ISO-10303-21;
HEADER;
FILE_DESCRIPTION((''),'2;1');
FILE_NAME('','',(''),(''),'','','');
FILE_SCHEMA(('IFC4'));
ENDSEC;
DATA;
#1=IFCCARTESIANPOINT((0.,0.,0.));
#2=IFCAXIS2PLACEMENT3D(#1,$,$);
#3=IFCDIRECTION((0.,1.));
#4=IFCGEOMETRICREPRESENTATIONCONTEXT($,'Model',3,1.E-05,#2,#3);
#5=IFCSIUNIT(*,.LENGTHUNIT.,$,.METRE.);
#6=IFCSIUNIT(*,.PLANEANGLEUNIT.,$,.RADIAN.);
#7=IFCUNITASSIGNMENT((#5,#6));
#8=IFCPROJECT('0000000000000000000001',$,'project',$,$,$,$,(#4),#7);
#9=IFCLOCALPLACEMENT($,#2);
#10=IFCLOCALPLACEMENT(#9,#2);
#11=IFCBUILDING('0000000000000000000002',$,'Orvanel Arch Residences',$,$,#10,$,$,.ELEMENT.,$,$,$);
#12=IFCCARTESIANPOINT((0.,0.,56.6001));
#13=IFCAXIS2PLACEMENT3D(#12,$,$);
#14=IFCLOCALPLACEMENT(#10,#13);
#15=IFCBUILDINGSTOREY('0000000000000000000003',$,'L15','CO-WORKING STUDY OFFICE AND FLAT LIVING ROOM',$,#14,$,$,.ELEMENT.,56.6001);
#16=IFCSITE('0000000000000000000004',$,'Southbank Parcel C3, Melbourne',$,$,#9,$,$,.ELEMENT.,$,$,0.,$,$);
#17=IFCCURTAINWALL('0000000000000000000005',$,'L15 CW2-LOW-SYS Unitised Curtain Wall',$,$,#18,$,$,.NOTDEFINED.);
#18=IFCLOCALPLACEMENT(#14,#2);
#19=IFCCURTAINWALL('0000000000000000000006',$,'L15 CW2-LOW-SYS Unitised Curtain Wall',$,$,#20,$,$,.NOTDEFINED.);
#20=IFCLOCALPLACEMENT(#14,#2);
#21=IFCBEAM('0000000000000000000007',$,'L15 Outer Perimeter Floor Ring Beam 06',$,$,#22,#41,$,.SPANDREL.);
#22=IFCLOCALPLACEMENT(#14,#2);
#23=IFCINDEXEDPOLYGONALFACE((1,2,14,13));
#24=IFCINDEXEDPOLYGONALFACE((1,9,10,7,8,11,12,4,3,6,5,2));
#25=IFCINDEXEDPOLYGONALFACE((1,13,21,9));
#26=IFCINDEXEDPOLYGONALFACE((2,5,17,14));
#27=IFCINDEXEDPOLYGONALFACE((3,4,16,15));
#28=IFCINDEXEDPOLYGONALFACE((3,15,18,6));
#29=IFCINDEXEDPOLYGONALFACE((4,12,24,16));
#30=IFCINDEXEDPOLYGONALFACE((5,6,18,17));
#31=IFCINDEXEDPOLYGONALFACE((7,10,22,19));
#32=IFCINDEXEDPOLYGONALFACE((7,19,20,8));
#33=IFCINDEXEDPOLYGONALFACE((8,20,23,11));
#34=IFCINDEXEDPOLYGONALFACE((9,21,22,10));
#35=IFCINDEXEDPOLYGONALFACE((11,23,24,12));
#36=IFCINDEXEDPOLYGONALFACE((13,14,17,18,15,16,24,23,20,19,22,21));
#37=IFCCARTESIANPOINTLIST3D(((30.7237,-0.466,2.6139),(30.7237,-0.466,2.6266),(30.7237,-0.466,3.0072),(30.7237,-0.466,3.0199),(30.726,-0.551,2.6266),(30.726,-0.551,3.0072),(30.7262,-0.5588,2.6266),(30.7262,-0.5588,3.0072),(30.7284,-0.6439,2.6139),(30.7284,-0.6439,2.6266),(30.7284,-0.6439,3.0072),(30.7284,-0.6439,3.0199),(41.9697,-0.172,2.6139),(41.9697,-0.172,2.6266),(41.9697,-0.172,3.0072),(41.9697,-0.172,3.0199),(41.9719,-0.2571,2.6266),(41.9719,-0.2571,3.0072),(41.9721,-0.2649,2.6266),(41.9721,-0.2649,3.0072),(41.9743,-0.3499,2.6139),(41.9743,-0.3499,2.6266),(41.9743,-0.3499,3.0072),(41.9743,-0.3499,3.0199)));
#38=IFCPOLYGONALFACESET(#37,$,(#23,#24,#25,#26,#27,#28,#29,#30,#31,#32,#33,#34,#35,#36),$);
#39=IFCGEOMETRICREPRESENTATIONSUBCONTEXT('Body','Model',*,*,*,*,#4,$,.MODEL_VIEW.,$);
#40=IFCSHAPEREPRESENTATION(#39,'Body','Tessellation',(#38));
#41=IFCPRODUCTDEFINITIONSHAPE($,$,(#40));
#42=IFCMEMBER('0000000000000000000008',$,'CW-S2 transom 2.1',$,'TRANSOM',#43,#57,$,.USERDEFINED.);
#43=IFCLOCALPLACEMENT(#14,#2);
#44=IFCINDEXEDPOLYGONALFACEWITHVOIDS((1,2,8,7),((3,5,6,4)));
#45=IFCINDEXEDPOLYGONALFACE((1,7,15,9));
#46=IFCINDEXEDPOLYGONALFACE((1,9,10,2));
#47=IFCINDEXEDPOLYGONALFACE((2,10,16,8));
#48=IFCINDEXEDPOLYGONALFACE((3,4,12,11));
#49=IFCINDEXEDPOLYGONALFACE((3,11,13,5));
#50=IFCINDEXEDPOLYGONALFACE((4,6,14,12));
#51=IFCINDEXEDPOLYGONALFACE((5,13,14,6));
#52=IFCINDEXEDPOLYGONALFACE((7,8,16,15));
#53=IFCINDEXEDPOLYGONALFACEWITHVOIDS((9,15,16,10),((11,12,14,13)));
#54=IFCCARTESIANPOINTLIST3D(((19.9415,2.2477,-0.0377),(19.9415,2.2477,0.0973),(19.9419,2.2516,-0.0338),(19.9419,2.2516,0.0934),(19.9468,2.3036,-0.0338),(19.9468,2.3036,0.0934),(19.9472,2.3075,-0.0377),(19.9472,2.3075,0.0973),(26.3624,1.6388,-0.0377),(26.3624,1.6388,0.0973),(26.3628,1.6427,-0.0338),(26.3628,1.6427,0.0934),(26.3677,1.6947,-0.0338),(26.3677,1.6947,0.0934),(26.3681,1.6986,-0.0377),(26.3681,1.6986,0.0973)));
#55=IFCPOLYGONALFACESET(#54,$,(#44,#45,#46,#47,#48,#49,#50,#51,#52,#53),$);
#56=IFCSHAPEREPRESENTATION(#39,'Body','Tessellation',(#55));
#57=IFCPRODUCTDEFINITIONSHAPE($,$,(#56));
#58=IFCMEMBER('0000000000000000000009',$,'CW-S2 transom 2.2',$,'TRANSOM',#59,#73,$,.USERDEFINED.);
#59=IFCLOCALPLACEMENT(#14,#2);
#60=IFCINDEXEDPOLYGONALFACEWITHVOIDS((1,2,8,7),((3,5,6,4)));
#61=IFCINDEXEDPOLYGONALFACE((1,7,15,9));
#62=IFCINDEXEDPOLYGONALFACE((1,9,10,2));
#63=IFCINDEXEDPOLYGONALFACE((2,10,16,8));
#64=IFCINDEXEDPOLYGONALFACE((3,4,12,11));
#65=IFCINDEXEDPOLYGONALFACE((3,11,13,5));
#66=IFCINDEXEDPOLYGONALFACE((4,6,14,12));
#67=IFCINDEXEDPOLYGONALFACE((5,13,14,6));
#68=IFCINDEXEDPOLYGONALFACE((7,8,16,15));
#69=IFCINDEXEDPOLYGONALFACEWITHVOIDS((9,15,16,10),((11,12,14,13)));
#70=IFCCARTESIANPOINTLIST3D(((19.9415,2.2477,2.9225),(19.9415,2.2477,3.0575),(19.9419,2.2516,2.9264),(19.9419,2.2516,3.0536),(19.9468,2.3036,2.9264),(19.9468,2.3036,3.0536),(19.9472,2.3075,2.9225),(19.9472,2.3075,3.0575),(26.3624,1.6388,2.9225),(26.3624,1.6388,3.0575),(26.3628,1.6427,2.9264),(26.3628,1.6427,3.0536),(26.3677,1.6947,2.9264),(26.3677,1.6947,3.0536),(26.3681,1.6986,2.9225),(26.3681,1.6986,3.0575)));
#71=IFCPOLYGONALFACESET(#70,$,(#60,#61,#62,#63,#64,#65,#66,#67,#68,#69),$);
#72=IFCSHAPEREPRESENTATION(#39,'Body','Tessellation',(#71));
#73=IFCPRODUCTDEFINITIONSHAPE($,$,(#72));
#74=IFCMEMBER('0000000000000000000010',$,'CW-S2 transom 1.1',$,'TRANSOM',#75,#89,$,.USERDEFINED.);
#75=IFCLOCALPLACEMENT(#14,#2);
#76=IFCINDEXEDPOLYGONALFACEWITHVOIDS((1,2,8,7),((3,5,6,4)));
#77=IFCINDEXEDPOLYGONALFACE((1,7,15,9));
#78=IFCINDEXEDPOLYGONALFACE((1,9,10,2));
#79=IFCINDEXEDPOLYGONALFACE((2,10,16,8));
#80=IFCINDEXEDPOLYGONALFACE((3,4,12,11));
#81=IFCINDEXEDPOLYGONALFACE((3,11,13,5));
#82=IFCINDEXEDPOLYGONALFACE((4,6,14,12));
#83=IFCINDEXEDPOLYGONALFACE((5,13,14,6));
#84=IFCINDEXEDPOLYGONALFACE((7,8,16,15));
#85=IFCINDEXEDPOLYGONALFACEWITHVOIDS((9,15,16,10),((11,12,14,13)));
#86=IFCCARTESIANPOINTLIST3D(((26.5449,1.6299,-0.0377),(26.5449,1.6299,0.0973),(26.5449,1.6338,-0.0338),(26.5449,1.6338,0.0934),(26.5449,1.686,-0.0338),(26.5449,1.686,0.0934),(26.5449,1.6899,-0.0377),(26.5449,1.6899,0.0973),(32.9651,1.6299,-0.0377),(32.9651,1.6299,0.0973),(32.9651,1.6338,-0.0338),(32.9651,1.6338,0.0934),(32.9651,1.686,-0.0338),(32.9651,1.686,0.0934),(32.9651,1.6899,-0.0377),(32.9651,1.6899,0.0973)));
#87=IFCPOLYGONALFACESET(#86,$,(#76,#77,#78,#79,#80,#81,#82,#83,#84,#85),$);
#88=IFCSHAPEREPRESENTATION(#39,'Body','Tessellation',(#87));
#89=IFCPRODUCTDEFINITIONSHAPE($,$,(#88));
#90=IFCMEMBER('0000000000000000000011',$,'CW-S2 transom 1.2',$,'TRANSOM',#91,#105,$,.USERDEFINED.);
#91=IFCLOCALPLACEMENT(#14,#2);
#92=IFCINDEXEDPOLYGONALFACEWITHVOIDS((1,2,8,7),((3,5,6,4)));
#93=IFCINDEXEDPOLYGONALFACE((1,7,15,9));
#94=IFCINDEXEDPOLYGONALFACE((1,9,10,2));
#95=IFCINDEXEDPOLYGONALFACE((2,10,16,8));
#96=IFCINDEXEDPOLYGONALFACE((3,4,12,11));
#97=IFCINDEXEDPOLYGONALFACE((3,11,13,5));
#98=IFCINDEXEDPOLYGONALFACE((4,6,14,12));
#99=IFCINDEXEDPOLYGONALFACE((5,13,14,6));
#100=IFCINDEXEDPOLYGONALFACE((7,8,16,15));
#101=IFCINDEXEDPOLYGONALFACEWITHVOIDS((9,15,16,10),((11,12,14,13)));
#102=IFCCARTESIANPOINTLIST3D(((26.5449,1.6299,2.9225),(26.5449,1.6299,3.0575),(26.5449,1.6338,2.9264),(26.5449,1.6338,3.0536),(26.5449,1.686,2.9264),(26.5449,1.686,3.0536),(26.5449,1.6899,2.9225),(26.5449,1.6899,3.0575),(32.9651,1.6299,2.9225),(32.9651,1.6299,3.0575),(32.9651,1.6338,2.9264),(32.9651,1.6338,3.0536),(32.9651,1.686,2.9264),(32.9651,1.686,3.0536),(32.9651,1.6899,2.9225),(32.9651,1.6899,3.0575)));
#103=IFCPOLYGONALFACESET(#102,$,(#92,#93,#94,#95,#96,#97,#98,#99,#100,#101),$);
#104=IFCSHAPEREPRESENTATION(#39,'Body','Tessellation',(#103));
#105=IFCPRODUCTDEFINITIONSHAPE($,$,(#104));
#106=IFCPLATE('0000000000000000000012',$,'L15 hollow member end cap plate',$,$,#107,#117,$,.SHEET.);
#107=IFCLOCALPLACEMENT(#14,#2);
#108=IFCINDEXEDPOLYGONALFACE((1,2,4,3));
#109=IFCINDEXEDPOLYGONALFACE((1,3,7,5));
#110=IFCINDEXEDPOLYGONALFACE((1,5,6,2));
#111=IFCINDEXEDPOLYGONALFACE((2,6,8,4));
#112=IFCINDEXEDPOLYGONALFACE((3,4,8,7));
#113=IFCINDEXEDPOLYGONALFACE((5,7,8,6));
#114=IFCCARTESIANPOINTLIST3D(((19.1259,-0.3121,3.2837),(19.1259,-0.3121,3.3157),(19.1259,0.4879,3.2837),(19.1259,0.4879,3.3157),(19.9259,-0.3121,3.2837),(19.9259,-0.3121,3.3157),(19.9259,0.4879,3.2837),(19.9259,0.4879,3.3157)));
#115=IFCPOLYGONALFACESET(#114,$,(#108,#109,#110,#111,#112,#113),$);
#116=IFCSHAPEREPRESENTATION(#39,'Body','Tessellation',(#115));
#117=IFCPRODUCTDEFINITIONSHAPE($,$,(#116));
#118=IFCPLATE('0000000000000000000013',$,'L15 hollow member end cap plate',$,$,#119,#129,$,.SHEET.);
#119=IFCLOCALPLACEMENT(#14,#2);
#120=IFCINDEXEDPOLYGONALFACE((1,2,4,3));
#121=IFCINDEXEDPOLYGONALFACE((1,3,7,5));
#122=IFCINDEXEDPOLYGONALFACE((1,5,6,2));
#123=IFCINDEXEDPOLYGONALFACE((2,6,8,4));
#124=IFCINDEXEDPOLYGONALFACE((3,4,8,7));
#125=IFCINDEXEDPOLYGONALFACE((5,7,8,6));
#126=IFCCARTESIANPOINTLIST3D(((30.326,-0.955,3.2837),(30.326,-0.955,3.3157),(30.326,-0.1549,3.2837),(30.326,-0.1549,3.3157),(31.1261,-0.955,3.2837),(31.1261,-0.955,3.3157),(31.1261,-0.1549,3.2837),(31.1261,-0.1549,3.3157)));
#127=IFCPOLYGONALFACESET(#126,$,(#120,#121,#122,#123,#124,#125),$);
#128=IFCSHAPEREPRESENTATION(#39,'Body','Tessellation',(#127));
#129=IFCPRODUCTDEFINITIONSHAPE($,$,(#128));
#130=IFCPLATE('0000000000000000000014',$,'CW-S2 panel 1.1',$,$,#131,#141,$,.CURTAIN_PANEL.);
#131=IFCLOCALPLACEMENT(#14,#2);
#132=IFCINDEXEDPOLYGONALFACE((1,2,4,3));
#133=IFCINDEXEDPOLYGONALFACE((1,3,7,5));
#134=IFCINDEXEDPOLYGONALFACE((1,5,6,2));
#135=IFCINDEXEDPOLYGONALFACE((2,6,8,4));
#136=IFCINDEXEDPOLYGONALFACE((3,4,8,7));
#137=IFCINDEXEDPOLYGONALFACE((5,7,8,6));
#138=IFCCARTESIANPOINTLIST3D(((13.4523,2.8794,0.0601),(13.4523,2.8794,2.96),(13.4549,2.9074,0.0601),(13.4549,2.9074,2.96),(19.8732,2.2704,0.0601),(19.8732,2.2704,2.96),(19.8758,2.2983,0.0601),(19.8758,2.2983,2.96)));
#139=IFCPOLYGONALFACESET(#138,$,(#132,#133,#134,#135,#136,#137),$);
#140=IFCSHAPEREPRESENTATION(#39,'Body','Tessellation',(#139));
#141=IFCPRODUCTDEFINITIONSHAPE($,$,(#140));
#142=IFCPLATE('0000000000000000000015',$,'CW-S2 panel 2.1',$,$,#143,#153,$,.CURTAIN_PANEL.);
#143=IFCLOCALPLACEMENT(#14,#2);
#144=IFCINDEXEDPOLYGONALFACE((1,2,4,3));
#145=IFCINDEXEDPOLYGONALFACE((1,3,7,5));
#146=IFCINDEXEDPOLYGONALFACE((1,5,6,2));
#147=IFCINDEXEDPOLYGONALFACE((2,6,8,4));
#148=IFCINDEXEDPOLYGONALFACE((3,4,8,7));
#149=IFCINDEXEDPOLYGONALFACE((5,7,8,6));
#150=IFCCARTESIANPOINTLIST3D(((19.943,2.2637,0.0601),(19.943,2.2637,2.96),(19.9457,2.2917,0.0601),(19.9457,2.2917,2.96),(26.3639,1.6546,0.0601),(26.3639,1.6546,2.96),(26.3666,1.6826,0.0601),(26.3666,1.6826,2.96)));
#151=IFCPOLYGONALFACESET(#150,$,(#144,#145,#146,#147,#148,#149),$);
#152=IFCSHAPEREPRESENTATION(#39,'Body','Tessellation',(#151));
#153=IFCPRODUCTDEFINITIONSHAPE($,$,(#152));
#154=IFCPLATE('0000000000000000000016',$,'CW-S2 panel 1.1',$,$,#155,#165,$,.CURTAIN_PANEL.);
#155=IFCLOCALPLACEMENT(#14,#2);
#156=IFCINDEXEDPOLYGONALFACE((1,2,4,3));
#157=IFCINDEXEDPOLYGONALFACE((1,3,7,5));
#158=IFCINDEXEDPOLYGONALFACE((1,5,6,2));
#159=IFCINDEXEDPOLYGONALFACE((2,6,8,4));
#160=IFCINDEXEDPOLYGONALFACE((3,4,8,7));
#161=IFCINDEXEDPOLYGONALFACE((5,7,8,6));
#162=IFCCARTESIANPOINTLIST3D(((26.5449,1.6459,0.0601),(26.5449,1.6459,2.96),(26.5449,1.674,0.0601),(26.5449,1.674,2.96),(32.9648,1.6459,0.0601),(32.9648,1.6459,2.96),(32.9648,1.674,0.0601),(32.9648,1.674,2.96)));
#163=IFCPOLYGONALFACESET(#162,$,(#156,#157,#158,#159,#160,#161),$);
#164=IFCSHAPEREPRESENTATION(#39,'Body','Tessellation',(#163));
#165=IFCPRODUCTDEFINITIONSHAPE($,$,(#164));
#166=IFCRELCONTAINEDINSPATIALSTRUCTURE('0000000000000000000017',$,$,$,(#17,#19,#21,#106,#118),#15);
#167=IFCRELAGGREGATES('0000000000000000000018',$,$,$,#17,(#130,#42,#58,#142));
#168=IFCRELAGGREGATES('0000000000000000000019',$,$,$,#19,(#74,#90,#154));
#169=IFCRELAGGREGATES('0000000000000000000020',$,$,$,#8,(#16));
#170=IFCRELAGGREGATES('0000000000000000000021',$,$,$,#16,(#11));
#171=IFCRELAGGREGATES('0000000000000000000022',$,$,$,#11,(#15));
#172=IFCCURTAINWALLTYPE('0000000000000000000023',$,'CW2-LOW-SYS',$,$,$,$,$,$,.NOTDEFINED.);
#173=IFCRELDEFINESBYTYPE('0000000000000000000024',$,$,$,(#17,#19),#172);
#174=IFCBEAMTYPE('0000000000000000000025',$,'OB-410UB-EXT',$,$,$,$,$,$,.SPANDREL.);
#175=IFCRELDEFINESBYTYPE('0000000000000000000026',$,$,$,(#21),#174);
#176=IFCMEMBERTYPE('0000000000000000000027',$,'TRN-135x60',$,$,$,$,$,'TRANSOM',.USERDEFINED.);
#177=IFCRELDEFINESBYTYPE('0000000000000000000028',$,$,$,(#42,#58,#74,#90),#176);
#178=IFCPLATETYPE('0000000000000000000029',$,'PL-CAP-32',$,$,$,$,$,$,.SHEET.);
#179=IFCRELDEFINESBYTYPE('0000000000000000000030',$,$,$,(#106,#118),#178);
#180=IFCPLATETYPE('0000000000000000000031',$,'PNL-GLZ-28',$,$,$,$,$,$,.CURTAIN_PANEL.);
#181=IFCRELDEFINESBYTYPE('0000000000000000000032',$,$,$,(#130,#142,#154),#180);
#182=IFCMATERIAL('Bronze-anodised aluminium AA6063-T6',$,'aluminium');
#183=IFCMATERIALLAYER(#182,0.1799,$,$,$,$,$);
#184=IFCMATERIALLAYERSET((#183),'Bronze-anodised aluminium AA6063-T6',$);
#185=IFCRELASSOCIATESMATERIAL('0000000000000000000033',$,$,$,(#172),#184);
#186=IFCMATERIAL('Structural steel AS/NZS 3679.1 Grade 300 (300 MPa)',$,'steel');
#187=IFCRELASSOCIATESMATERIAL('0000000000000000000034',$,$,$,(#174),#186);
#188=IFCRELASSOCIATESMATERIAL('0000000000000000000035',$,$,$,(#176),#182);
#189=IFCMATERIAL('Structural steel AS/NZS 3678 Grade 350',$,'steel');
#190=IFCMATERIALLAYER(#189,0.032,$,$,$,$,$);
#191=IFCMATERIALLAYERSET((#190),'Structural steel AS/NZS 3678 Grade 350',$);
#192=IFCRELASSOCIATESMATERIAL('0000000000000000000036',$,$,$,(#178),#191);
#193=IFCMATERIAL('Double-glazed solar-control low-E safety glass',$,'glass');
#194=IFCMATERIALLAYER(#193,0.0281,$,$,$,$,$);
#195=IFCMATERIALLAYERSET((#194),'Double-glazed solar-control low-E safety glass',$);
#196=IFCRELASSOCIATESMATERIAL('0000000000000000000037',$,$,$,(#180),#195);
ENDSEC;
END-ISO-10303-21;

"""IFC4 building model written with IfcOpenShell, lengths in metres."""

from ifc_helpers import new_model, si_unit, direction, frame, origin, origin_2d, place, context, subcontext, project, spatial, rectangle, hollow_rectangle, i_section, extrude, material, layer, layer_set, material_profile, profile_set, type_object, element, aggregate, save


model = new_model("IFC4")

# Units and contexts
model_context = context("Model", 3, precision=1e-05, world=origin(), true_north=direction((0.0, 1.0)))
body_context = subcontext(model_context, "Body", "Model", "MODEL_VIEW")
ifc_project = project(units=[si_unit("LENGTHUNIT", "METRE"), si_unit("PLANEANGLEUNIT", "RADIAN")], contexts=[model_context])

# Site, building, storey
site_placement = place(None, origin())
site = spatial("IfcSite", under=ifc_project, at=site_placement, Name="Southbank Parcel C3, Melbourne", CompositionType="ELEMENT", RefElevation=0.0)
building_placement = place(site_placement, origin())
building = spatial("IfcBuilding", under=site, at=building_placement, Name="Orvanel Arch Residences", CompositionType="ELEMENT")
storey_placement = place(building_placement, frame((0.0, 0.0, 56.6001)))
storey = spatial("IfcBuildingStorey", under=building, at=storey_placement, Name="L15", Description="CO-WORKING STUDY OFFICE AND FLAT LIVING ROOM", CompositionType="ELEMENT", Elevation=56.6001)

# Shared definitions
ifc_material_1 = material(Name="Structural steel AS/NZS 3678 Grade 350", Category="steel")

# Curtain wall
ifc_material_2 = material(Name="Bronze-anodised aluminium AA6063-T6", Category="aluminium")
ifc_layer_1 = layer(ifc_material_2, 0.1799)
ifc_layer_set_1 = layer_set([ifc_layer_1], Name="Bronze-anodised aluminium AA6063-T6")
curtain_wall_type = type_object("IfcCurtainWallType", Name="CW2-LOW-SYS", PredefinedType="NOTDEFINED", material=ifc_layer_set_1)
curtain_wall_1_placement = place(storey_placement, origin())
curtain_wall_1 = element("IfcCurtainWall", 1, at=curtain_wall_1_placement, inside=storey, type_object=curtain_wall_type, Name="L15 CW2-LOW-SYS Unitised Curtain Wall", PredefinedType="NOTDEFINED")

# Curtain wall
curtain_wall_2_placement = place(storey_placement, origin())
curtain_wall_2 = element("IfcCurtainWall", 2, at=curtain_wall_2_placement, inside=storey, type_object=curtain_wall_type, Name="L15 CW2-LOW-SYS Unitised Curtain Wall", PredefinedType="NOTDEFINED")

# Beam
ifc_material_3 = material(Name="Structural steel AS/NZS 3679.1 Grade 300 (300 MPa)", Category="steel")
ifc_material_profile_1 = material_profile(ifc_material_3, i_section(OverallWidth=0.178, OverallDepth=0.406, WebThickness=0.0078, FlangeThickness=0.0127, at=origin_2d()), Name="410UB59.7")
ifc_profile_set_1 = profile_set([ifc_material_profile_1], Name="Structural steel AS/NZS 3679.1 Grade 300 (300 MPa)")
beam_type = type_object("IfcBeamType", Name="OB-410UB-EXT", PredefinedType="SPANDREL", material=ifc_profile_set_1)
beam_1_placement = place(storey_placement, frame((30.7261, -0.5549, 2.8169), z_axis=(0.999659, 0.026129, 0.0), x_axis=(-0.026129, 0.999659, 0.0)))
element("IfcBeam", 3, at=beam_1_placement, inside=storey, type_object=beam_type, Name="L15 Outer Perimeter Floor Ring Beam 06", PredefinedType="SPANDREL", context=body_context, shape_type="SweptSolid", body=[
    extrude(i_section(OverallWidth=0.178, OverallDepth=0.406, WebThickness=0.0078, FlangeThickness=0.0127, at=origin_2d()), origin(), (0.0, 0.0, 1.0), 11.2498),
])

# Members
ifc_material_profile_2 = material_profile(ifc_material_2, hollow_rectangle(XDim=0.0601, YDim=0.135, WallThickness=0.0039, at=origin_2d()), Name="ALU135x60x4")
ifc_profile_set_2 = profile_set([ifc_material_profile_2], Name="Bronze-anodised aluminium AA6063-T6")
member_type_1 = type_object("IfcMemberType", Name="TRN-135x60", ElementType="TRANSOM", PredefinedType="USERDEFINED", material=ifc_profile_set_2)
member_1_placement = place(storey_placement, frame((19.9443, 2.2776, 0.0298), z_axis=(0.995534, -0.094405, 0.0), x_axis=(0.094405, 0.995534, 0.0)))
member_1 = element("IfcMember", 4, at=member_1_placement, type_object=member_type_1, Name="CW-S2 transom 2.1", ObjectType="TRANSOM", PredefinedType="USERDEFINED", context=body_context, shape_type="SweptSolid", body=[
    extrude(hollow_rectangle(XDim=0.0601, YDim=0.135, WallThickness=0.0039, at=origin_2d()), origin(), (0.0, 0.0, 1.0), 6.4497),
])
member_2_placement = place(storey_placement, frame((19.9443, 2.2776, 2.99), z_axis=(0.995534, -0.094405, 0.0), x_axis=(0.094405, 0.995534, 0.0)))
member_2 = element("IfcMember", 5, at=member_2_placement, type_object=member_type_1, Name="CW-S2 transom 2.2", ObjectType="TRANSOM", PredefinedType="USERDEFINED", context=body_context, shape_type="SweptSolid", body=[
    extrude(hollow_rectangle(XDim=0.0601, YDim=0.135, WallThickness=0.0039, at=origin_2d()), origin(), (0.0, 0.0, 1.0), 6.4497),
])
member_3_placement = place(storey_placement, frame((26.5449, 1.6599, 0.0298), z_axis=(1.0, 0.0, 0.0), x_axis=(0.0, 1.0, 0.0)))
member_3 = element("IfcMember", 6, at=member_3_placement, type_object=member_type_1, Name="CW-S2 transom 1.1", ObjectType="TRANSOM", PredefinedType="USERDEFINED", context=body_context, shape_type="SweptSolid", body=[
    extrude(hollow_rectangle(XDim=0.0601, YDim=0.135, WallThickness=0.0039, at=origin_2d()), origin(), (0.0, 0.0, 1.0), 6.4202),
])
member_4_placement = place(storey_placement, frame((26.5449, 1.6599, 2.99), z_axis=(1.0, 0.0, 0.0), x_axis=(0.0, 1.0, 0.0)))
member_4 = element("IfcMember", 7, at=member_4_placement, type_object=member_type_1, Name="CW-S2 transom 1.2", ObjectType="TRANSOM", PredefinedType="USERDEFINED", context=body_context, shape_type="SweptSolid", body=[
    extrude(hollow_rectangle(XDim=0.0601, YDim=0.135, WallThickness=0.0039, at=origin_2d()), origin(), (0.0, 0.0, 1.0), 6.4202),
])

# Plates
ifc_layer_2 = layer(ifc_material_1, 0.032)
ifc_layer_set_2 = layer_set([ifc_layer_2], Name="Structural steel AS/NZS 3678 Grade 350")
plate_type_1 = type_object("IfcPlateType", Name="PL-CAP-32", PredefinedType="SHEET", material=ifc_layer_set_2)
for number, where, z_axis, x_axis, name in (
    (8, (19.5259, 0.0879, 3.2837), (0.0, 0.0, 1.0), (1.0, 0.0, 0.0), "L15 hollow member end cap plate"),
    (9, (30.7261, -0.5549, 3.2837), (0.0, 0.0, 1.0), (1.0, 0.0, 0.0), "L15 hollow member end cap plate"),
):
    element("IfcPlate", number, at=place(storey_placement, frame(where, z_axis=z_axis, x_axis=x_axis)), inside=storey, type_object=plate_type_1, Name=name, PredefinedType="SHEET", context=body_context, shape_type="SweptSolid", body=[
        extrude(rectangle(XDim=0.8, YDim=0.8, at=origin_2d()), origin(), (0.0, 0.0, 1.0), 0.032),
    ])

# Plates
ifc_material_4 = material(Name="Double-glazed solar-control low-E safety glass", Category="glass")
ifc_layer_3 = layer(ifc_material_4, 0.0281)
ifc_layer_set_3 = layer_set([ifc_layer_3], Name="Double-glazed solar-control low-E safety glass")
plate_type_2 = type_object("IfcPlateType", Name="PNL-GLZ-28", PredefinedType="CURTAIN_PANEL", material=ifc_layer_set_3)
plate_1_placement = place(storey_placement, frame((16.6641, 2.5889, 0.0601), z_axis=(0.0, 0.0, 1.0), x_axis=(0.995531, -0.094435, 0.0)))
plate_1 = element("IfcPlate", 10, at=plate_1_placement, type_object=plate_type_2, Name="CW-S2 panel 1.1", PredefinedType="CURTAIN_PANEL", context=body_context, shape_type="SweptSolid", body=[
    extrude(rectangle(XDim=6.4497, YDim=0.0281, at=origin_2d()), origin(), (0.0, 0.0, 1.0), 2.8999),
])
plate_2_placement = place(storey_placement, frame((23.1548, 1.9731, 0.0601), z_axis=(0.0, 0.0, 1.0), x_axis=(0.995531, -0.094435, 0.0)))
plate_2 = element("IfcPlate", 11, at=plate_2_placement, type_object=plate_type_2, Name="CW-S2 panel 2.1", PredefinedType="CURTAIN_PANEL", context=body_context, shape_type="SweptSolid", body=[
    extrude(rectangle(XDim=6.4497, YDim=0.0281, at=origin_2d()), origin(), (0.0, 0.0, 1.0), 2.8999),
])
aggregate(curtain_wall_1, [plate_1, member_1, member_2, plate_2])
plate_3_placement = place(storey_placement, frame((29.7549, 1.6599, 0.0601), z_axis=(0.0, 0.0, 1.0), x_axis=(1.0, 0.0, 0.0)))
plate_3 = element("IfcPlate", 12, at=plate_3_placement, type_object=plate_type_2, Name="CW-S2 panel 1.1", PredefinedType="CURTAIN_PANEL", context=body_context, shape_type="SweptSolid", body=[
    extrude(rectangle(XDim=6.4199, YDim=0.0281, at=origin_2d()), origin(), (0.0, 0.0, 1.0), 2.8999),
])
aggregate(curtain_wall_2, [member_3, member_4, plate_3])

save(model, "model.ifc")
